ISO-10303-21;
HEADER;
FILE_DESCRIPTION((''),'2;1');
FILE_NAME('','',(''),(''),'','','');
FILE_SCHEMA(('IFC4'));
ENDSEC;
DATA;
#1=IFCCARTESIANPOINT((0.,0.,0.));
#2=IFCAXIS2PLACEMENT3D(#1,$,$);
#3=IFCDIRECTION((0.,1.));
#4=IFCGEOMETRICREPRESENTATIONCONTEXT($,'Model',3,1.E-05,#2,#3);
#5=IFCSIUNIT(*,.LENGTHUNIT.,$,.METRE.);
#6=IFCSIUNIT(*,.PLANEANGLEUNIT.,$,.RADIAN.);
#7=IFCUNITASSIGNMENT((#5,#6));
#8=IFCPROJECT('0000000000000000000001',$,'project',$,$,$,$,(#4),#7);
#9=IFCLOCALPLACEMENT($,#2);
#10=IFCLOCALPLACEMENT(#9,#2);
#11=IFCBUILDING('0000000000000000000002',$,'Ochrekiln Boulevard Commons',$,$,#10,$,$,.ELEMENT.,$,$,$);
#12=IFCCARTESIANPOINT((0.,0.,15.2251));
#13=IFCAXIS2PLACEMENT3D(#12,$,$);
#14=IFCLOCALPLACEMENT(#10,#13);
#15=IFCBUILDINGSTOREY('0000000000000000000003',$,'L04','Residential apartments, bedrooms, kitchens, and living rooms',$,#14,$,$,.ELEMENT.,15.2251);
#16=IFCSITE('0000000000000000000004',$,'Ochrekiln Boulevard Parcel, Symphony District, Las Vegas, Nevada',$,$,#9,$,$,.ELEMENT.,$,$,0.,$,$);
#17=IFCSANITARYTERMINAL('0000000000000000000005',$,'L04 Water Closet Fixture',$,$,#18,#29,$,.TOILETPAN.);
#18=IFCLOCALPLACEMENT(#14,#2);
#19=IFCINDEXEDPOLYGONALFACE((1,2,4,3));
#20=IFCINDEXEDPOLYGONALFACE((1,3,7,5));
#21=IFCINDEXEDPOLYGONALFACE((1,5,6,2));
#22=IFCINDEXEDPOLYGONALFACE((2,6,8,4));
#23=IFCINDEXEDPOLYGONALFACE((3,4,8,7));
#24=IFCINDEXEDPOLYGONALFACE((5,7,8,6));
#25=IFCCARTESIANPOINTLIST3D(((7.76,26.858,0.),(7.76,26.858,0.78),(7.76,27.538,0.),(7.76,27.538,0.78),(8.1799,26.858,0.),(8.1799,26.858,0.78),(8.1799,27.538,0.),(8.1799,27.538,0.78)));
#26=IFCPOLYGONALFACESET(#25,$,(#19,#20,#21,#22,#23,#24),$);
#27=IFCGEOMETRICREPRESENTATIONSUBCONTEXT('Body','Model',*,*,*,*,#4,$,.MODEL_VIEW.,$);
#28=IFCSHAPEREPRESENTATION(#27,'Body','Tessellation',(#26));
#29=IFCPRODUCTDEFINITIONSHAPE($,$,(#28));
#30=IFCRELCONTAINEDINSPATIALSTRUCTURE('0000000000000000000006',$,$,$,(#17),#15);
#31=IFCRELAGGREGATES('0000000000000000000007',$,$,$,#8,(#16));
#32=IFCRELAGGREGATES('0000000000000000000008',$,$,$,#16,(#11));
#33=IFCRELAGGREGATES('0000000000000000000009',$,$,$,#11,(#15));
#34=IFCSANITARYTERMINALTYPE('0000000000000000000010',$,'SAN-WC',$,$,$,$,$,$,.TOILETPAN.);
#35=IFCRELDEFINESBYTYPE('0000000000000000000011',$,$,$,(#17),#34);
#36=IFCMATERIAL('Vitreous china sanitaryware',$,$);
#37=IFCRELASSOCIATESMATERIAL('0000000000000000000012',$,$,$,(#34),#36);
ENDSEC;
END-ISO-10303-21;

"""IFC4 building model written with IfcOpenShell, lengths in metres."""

from ifc_helpers import new_model, si_unit, direction, frame, origin, origin_2d, place, context, subcontext, project, spatial, rectangle, extrude, material, type_object, element, save


model = new_model("IFC4")

# Units and contexts
model_context = context("Model", 3, precision=1e-05, world=origin(), true_north=direction((0.0, 1.0)))
body_context = subcontext(model_context, "Body", "Model", "MODEL_VIEW")
ifc_project = project(units=[si_unit("LENGTHUNIT", "METRE"), si_unit("PLANEANGLEUNIT", "RADIAN")], contexts=[model_context])

# Site, building, storey
site_placement = place(None, origin())
site = spatial("IfcSite", under=ifc_project, at=site_placement, Name="Ochrekiln Boulevard Parcel, Symphony District, Las Vegas, Nevada", CompositionType="ELEMENT", RefElevation=0.0)
building_placement = place(site_placement, origin())
building = spatial("IfcBuilding", under=site, at=building_placement, Name="Ochrekiln Boulevard Commons", CompositionType="ELEMENT")
storey_placement = place(building_placement, frame((0.0, 0.0, 15.2251)))
storey = spatial("IfcBuildingStorey", under=building, at=storey_placement, Name="L04", Description="Residential apartments, bedrooms, kitchens, and living rooms", CompositionType="ELEMENT", Elevation=15.2251)

# Sanitary terminal
ifc_material_1 = material(Name="Vitreous china sanitaryware")
sanitary_terminal_type_1 = type_object("IfcSanitaryTerminalType", Name="SAN-WC", PredefinedType="TOILETPAN", material=ifc_material_1)
sanitary_terminal_1_placement = place(storey_placement, frame((7.97, 27.198, 0.0), z_axis=(0.0, 0.0, 1.0), x_axis=(1.0, 0.0, 0.0)))
element("IfcSanitaryTerminal", 1, at=sanitary_terminal_1_placement, inside=storey, type_object=sanitary_terminal_type_1, Name="L04 Water Closet Fixture", PredefinedType="TOILETPAN", context=body_context, shape_type="SweptSolid", body=[
    extrude(rectangle(XDim=0.4199, YDim=0.6799, at=origin_2d()), origin(), (0.0, 0.0, 1.0), 0.78),
])

save(model, "model.ifc")
